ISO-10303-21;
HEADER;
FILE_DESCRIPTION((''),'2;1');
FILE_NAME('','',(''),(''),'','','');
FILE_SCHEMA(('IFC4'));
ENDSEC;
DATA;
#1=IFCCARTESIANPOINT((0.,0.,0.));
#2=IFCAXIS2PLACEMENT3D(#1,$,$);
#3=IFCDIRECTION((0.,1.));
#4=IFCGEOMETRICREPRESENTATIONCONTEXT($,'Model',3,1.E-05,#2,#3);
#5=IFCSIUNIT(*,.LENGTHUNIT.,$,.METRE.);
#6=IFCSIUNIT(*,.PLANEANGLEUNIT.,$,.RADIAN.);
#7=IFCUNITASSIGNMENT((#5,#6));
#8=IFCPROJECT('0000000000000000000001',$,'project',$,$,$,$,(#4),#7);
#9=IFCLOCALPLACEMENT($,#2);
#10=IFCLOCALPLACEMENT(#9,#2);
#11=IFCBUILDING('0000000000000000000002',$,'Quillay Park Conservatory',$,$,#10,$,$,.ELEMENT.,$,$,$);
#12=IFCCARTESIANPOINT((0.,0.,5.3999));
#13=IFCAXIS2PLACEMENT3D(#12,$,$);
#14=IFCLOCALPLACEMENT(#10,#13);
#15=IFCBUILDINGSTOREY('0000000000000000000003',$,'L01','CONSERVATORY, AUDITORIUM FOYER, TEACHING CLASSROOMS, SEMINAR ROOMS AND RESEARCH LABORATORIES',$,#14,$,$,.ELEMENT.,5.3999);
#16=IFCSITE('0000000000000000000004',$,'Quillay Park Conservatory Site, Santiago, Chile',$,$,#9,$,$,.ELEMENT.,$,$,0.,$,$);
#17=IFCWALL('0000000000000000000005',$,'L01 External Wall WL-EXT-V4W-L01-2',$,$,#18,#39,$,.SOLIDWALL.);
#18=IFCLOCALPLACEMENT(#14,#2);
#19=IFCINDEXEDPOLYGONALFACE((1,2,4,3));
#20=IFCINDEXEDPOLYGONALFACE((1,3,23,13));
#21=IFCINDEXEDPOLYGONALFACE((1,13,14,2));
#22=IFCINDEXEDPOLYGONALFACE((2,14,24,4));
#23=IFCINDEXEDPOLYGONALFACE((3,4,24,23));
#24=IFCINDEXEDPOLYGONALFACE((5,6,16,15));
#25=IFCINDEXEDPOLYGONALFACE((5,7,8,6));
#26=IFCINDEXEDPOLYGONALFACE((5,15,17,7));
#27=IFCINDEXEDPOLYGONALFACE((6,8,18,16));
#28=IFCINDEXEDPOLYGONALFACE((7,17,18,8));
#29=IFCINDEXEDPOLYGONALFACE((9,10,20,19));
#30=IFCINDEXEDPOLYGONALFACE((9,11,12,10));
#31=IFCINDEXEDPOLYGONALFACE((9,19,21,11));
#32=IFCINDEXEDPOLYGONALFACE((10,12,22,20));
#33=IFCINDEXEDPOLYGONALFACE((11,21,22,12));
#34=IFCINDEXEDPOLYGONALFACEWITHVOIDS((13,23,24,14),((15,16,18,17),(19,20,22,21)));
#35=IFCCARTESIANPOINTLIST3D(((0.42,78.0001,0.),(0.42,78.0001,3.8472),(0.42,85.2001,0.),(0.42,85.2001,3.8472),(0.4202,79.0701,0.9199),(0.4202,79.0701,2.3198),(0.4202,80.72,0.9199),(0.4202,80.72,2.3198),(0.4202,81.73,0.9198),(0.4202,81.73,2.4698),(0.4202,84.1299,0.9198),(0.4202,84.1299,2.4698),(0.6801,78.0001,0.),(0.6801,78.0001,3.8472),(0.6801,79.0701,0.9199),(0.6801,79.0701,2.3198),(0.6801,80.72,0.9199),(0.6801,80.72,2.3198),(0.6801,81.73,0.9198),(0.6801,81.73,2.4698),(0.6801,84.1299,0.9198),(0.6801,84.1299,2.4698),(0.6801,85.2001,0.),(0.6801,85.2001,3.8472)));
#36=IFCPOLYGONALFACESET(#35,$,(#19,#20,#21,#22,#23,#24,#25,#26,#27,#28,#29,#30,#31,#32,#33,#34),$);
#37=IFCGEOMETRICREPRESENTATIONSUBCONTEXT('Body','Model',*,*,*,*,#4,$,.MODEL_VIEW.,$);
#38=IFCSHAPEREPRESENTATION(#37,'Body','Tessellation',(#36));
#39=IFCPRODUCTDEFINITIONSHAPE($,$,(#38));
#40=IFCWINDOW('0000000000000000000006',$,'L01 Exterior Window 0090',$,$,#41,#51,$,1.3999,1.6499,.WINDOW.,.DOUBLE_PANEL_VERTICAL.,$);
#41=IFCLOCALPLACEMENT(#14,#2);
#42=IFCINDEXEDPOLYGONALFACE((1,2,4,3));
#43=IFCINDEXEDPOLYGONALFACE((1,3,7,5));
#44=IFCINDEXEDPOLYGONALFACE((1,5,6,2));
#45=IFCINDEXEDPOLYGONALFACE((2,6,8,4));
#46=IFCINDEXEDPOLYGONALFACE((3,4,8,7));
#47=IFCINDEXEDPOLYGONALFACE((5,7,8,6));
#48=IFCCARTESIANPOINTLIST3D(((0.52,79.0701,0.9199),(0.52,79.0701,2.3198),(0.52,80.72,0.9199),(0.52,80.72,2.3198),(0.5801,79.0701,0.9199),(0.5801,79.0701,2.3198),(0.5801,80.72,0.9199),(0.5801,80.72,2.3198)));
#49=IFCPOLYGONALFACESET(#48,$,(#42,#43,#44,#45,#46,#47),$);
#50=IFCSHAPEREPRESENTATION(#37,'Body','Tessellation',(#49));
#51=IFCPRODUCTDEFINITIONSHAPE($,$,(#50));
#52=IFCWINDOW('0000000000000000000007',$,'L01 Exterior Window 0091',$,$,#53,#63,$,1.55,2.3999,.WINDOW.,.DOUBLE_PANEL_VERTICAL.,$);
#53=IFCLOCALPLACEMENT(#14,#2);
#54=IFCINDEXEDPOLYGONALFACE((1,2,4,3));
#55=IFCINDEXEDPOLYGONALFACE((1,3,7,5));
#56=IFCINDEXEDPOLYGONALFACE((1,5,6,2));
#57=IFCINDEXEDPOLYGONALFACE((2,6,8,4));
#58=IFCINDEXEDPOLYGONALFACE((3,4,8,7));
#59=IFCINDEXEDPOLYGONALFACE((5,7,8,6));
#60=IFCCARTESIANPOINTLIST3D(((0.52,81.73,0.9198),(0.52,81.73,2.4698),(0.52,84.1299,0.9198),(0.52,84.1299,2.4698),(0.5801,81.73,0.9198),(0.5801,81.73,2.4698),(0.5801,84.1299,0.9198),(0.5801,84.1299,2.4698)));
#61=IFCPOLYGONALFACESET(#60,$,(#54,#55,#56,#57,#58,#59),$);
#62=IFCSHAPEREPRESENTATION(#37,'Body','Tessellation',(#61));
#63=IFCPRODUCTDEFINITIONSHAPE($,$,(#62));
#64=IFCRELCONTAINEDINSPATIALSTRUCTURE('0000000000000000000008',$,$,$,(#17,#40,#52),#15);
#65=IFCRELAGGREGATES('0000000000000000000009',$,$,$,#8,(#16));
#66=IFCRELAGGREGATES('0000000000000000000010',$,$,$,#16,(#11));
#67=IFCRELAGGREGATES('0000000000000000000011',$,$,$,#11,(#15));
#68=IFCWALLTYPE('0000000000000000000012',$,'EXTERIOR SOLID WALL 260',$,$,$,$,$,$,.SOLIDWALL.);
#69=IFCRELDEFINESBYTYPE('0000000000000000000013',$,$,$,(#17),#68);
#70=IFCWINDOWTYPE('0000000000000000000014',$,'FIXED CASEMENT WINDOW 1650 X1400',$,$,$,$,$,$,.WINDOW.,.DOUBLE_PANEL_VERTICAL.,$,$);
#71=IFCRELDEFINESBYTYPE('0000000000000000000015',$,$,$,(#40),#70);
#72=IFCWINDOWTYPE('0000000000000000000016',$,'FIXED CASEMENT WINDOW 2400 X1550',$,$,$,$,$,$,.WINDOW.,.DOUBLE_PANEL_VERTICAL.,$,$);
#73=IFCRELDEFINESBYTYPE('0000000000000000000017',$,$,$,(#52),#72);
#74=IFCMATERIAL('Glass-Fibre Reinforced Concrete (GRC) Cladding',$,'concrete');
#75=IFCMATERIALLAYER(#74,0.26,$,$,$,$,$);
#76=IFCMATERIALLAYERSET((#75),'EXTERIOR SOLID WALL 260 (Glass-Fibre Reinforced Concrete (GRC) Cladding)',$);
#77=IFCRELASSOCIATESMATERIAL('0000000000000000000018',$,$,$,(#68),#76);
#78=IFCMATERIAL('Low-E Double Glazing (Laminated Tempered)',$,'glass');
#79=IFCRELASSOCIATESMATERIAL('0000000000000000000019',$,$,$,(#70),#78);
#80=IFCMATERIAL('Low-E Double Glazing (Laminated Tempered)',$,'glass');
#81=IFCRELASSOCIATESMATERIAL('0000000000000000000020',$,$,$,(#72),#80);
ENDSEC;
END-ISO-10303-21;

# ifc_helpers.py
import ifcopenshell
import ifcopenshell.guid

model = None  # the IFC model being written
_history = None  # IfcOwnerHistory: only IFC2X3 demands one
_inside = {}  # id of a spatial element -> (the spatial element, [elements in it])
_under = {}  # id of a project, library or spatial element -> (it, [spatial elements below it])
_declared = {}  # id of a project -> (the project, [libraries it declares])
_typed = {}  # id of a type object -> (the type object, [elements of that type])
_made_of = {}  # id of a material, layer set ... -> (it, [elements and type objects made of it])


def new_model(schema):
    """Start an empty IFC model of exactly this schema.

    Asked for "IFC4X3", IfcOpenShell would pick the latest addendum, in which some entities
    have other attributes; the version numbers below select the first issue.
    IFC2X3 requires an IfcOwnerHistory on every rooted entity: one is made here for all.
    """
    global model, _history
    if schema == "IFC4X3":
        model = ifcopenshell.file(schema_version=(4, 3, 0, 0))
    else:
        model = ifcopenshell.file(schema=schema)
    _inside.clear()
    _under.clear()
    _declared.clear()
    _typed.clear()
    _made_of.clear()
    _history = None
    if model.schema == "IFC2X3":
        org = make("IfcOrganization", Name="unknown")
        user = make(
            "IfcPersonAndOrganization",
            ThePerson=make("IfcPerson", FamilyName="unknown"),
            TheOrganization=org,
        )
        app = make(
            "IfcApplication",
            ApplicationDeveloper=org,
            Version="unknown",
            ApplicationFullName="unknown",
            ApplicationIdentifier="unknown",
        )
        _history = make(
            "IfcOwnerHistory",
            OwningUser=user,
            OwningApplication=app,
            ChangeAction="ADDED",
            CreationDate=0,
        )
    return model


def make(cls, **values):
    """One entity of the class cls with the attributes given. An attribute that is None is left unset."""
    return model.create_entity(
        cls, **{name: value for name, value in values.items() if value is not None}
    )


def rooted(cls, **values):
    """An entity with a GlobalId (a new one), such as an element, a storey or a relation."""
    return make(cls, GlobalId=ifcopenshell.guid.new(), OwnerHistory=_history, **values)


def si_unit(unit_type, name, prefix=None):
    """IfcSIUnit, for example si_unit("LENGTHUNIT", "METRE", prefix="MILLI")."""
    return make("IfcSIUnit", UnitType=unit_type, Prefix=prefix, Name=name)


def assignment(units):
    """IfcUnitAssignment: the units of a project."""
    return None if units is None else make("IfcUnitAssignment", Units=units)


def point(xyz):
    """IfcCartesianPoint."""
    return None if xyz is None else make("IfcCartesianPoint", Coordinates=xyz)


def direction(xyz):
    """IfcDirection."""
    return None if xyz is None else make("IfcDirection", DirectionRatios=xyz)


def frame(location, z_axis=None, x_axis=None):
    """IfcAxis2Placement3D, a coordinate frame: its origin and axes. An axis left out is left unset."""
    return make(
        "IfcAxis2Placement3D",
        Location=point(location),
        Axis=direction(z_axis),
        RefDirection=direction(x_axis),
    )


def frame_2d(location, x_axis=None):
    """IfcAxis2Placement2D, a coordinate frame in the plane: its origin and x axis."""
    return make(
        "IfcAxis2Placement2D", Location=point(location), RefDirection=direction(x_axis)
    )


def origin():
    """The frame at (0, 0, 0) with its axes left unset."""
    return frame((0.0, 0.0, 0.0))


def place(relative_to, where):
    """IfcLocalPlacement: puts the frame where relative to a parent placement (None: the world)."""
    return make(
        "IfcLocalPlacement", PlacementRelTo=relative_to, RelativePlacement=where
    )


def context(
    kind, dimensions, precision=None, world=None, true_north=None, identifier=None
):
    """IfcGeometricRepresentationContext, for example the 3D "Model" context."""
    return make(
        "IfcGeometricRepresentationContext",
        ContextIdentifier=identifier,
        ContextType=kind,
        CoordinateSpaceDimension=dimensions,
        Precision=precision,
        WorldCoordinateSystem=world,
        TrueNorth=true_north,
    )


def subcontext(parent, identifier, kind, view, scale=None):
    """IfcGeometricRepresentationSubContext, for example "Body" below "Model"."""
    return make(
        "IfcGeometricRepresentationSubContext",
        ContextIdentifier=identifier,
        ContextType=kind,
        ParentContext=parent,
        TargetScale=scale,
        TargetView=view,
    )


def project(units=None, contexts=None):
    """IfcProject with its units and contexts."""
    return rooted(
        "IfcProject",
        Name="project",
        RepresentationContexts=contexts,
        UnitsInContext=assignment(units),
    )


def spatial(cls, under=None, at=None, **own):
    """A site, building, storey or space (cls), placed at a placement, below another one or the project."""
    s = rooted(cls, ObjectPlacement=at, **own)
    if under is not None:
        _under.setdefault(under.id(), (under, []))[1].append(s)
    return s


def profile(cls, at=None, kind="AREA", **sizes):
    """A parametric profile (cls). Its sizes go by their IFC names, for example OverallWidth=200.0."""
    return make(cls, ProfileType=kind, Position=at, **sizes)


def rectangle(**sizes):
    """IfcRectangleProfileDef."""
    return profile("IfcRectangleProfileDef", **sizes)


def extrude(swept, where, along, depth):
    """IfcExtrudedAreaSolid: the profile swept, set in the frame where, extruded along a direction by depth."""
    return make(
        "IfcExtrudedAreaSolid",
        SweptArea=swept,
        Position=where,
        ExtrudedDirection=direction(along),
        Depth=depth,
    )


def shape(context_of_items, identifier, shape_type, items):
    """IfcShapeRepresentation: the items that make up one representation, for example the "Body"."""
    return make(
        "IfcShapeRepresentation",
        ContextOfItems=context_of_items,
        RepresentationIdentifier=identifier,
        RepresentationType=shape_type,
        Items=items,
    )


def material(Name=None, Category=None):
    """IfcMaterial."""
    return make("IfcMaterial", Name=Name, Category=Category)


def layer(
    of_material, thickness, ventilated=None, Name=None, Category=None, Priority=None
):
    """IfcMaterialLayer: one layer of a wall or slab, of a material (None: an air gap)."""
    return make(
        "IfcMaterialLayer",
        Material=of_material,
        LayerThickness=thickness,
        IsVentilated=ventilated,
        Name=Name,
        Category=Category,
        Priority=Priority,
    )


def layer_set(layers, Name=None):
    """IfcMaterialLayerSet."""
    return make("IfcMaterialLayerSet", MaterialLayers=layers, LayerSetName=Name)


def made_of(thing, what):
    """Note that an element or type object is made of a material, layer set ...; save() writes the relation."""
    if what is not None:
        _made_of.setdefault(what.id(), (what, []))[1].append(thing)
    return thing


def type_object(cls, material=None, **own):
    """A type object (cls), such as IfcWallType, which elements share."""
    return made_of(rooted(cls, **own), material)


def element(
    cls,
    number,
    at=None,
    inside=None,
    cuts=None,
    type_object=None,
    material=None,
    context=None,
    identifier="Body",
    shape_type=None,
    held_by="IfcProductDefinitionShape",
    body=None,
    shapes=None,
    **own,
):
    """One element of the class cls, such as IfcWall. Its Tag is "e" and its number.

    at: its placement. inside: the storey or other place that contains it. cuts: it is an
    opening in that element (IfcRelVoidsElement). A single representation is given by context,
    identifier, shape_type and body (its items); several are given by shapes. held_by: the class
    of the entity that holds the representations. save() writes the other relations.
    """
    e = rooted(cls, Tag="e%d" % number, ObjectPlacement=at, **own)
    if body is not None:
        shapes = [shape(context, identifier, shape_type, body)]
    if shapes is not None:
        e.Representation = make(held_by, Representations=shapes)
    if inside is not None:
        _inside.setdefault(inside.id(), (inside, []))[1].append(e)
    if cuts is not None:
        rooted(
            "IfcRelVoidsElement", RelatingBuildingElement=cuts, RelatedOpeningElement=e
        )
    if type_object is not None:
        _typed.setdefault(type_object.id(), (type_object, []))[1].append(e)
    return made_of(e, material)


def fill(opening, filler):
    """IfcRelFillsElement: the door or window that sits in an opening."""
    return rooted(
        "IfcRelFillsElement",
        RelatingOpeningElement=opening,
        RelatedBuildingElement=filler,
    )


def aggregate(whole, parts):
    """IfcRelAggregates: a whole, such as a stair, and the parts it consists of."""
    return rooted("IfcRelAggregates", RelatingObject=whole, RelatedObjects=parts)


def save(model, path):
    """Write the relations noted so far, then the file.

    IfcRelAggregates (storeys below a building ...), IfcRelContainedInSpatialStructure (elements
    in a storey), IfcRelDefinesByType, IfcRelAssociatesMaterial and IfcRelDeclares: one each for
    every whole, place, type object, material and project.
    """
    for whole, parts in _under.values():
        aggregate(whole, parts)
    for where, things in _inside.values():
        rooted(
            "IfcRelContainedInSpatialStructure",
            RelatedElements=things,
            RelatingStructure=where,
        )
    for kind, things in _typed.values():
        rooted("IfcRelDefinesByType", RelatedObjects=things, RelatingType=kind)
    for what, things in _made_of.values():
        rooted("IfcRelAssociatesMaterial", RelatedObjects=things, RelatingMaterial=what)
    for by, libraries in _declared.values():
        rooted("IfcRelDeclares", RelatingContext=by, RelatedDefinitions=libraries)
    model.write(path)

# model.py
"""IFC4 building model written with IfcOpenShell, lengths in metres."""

from ifc_helpers import new_model, si_unit, direction, frame, frame_2d, origin, place, context, subcontext, project, spatial, rectangle, extrude, material, layer, layer_set, type_object, element, fill, save


model = new_model("IFC4")

# Units and contexts
model_context = context("Model", 3, precision=1e-05, world=origin(), true_north=direction((0.0, 1.0)))
body_context = subcontext(model_context, "Body", "Model", "MODEL_VIEW")
ifc_project = project(units=[si_unit("LENGTHUNIT", "METRE"), si_unit("PLANEANGLEUNIT", "RADIAN")], contexts=[model_context])

# Site, building, storey
site_placement = place(None, origin())
site = spatial("IfcSite", under=ifc_project, at=site_placement, Name="Quillay Park Conservatory Site, Santiago, Chile", CompositionType="ELEMENT", RefElevation=0.0)
building_placement = place(site_placement, origin())
building = spatial("IfcBuilding", under=site, at=building_placement, Name="Quillay Park Conservatory", CompositionType="ELEMENT")
storey_placement = place(building_placement, frame((0.0, 0.0, 5.3999)))
storey = spatial("IfcBuildingStorey", under=building, at=storey_placement, Name="L01", Description="CONSERVATORY, AUDITORIUM FOYER, TEACHING CLASSROOMS, SEMINAR ROOMS AND RESEARCH LABORATORIES", CompositionType="ELEMENT", Elevation=5.3999)

# Wall, openings, windows
ifc_material_1 = material(Name="Glass-Fibre Reinforced Concrete (GRC) Cladding", Category="concrete")
ifc_layer_1 = layer(ifc_material_1, 0.26)
ifc_layer_set_1 = layer_set([ifc_layer_1], Name="EXTERIOR SOLID WALL 260 (Glass-Fibre Reinforced Concrete (GRC) Cladding)")
wall_type_1 = type_object("IfcWallType", Name="EXTERIOR SOLID WALL 260", PredefinedType="SOLIDWALL", material=ifc_layer_set_1)
wall_1_placement = place(storey_placement, frame((0.55, 78.0, 0.0), z_axis=(0.0, 0.0, 1.0), x_axis=(0.0, 1.0, 0.0)))
wall_1 = element("IfcWall", 1, at=wall_1_placement, inside=storey, type_object=wall_type_1, Name="L01 External Wall WL-EXT-V4W-L01-2", PredefinedType="SOLIDWALL", context=body_context, shape_type="SweptSolid", body=[
    extrude(rectangle(XDim=7.2, YDim=0.26, at=frame_2d((3.6001, 0.0))), origin(), (0.0, 0.0, 1.0), 3.8472),
])
opening_1_placement = place(wall_1_placement, frame((1.0701, 0.0, 0.9199)))
opening_1 = element("IfcOpeningElement", 2, at=opening_1_placement, cuts=wall_1, PredefinedType="OPENING", context=body_context, shape_type="SweptSolid", body=[
    extrude(rectangle(XDim=1.6499, YDim=1.3999, at=frame_2d((0.825, 0.7))), frame((0.0, 0.1299, 0.0), z_axis=(0.0, -1.0, 0.0), x_axis=(1.0, 0.0, 0.0)), (0.0, 0.0, 1.0), 0.26),
])
opening_2_placement = place(wall_1_placement, frame((3.73, 0.0, 0.9199)))
opening_2 = element("IfcOpeningElement", 3, at=opening_2_placement, cuts=wall_1, PredefinedType="OPENING", context=body_context, shape_type="SweptSolid", body=[
    extrude(rectangle(XDim=2.3999, YDim=1.55, at=frame_2d((1.2, 0.7749))), frame((0.0, 0.1299, 0.0), z_axis=(0.0, -1.0, 0.0), x_axis=(1.0, 0.0, 0.0)), (0.0, 0.0, 1.0), 0.26),
])
ifc_material_2 = material(Name="Low-E Double Glazing (Laminated Tempered)", Category="glass")
window_type_1 = type_object("IfcWindowType", Name="FIXED CASEMENT WINDOW 1650 X1400", PartitioningType="DOUBLE_PANEL_VERTICAL", PredefinedType="WINDOW", material=ifc_material_2)
window_1_placement = place(opening_1_placement, origin())
window_1 = element("IfcWindow", 4, at=window_1_placement, inside=storey, type_object=window_type_1, Name="L01 Exterior Window 0090", OverallHeight=1.3999, OverallWidth=1.6499, PartitioningType="DOUBLE_PANEL_VERTICAL", PredefinedType="WINDOW", context=body_context, shape_type="SweptSolid", body=[
    extrude(rectangle(XDim=1.6499, YDim=1.3999, at=frame_2d((0.825, 0.7))), frame((0.0, 0.03, 0.0), z_axis=(0.0, -1.0, 0.0), x_axis=(1.0, 0.0, 0.0)), (0.0, 0.0, 1.0), 0.0601),
])
fill(opening_1, window_1)
ifc_material_3 = material(Name="Low-E Double Glazing (Laminated Tempered)", Category="glass")
window_type_2 = type_object("IfcWindowType", Name="FIXED CASEMENT WINDOW 2400 X1550", PartitioningType="DOUBLE_PANEL_VERTICAL", PredefinedType="WINDOW", material=ifc_material_3)
window_2_placement = place(opening_2_placement, origin())
window_2 = element("IfcWindow", 5, at=window_2_placement, inside=storey, type_object=window_type_2, Name="L01 Exterior Window 0091", OverallHeight=1.55, OverallWidth=2.3999, PartitioningType="DOUBLE_PANEL_VERTICAL", PredefinedType="WINDOW", context=body_context, shape_type="SweptSolid", body=[
    extrude(rectangle(XDim=2.3999, YDim=1.55, at=frame_2d((1.2, 0.7749))), frame((0.0, 0.03, 0.0), z_axis=(0.0, -1.0, 0.0), x_axis=(1.0, 0.0, 0.0)), (0.0, 0.0, 1.0), 0.0601),
])
fill(opening_2, window_2)

save(model, "model.ifc")
